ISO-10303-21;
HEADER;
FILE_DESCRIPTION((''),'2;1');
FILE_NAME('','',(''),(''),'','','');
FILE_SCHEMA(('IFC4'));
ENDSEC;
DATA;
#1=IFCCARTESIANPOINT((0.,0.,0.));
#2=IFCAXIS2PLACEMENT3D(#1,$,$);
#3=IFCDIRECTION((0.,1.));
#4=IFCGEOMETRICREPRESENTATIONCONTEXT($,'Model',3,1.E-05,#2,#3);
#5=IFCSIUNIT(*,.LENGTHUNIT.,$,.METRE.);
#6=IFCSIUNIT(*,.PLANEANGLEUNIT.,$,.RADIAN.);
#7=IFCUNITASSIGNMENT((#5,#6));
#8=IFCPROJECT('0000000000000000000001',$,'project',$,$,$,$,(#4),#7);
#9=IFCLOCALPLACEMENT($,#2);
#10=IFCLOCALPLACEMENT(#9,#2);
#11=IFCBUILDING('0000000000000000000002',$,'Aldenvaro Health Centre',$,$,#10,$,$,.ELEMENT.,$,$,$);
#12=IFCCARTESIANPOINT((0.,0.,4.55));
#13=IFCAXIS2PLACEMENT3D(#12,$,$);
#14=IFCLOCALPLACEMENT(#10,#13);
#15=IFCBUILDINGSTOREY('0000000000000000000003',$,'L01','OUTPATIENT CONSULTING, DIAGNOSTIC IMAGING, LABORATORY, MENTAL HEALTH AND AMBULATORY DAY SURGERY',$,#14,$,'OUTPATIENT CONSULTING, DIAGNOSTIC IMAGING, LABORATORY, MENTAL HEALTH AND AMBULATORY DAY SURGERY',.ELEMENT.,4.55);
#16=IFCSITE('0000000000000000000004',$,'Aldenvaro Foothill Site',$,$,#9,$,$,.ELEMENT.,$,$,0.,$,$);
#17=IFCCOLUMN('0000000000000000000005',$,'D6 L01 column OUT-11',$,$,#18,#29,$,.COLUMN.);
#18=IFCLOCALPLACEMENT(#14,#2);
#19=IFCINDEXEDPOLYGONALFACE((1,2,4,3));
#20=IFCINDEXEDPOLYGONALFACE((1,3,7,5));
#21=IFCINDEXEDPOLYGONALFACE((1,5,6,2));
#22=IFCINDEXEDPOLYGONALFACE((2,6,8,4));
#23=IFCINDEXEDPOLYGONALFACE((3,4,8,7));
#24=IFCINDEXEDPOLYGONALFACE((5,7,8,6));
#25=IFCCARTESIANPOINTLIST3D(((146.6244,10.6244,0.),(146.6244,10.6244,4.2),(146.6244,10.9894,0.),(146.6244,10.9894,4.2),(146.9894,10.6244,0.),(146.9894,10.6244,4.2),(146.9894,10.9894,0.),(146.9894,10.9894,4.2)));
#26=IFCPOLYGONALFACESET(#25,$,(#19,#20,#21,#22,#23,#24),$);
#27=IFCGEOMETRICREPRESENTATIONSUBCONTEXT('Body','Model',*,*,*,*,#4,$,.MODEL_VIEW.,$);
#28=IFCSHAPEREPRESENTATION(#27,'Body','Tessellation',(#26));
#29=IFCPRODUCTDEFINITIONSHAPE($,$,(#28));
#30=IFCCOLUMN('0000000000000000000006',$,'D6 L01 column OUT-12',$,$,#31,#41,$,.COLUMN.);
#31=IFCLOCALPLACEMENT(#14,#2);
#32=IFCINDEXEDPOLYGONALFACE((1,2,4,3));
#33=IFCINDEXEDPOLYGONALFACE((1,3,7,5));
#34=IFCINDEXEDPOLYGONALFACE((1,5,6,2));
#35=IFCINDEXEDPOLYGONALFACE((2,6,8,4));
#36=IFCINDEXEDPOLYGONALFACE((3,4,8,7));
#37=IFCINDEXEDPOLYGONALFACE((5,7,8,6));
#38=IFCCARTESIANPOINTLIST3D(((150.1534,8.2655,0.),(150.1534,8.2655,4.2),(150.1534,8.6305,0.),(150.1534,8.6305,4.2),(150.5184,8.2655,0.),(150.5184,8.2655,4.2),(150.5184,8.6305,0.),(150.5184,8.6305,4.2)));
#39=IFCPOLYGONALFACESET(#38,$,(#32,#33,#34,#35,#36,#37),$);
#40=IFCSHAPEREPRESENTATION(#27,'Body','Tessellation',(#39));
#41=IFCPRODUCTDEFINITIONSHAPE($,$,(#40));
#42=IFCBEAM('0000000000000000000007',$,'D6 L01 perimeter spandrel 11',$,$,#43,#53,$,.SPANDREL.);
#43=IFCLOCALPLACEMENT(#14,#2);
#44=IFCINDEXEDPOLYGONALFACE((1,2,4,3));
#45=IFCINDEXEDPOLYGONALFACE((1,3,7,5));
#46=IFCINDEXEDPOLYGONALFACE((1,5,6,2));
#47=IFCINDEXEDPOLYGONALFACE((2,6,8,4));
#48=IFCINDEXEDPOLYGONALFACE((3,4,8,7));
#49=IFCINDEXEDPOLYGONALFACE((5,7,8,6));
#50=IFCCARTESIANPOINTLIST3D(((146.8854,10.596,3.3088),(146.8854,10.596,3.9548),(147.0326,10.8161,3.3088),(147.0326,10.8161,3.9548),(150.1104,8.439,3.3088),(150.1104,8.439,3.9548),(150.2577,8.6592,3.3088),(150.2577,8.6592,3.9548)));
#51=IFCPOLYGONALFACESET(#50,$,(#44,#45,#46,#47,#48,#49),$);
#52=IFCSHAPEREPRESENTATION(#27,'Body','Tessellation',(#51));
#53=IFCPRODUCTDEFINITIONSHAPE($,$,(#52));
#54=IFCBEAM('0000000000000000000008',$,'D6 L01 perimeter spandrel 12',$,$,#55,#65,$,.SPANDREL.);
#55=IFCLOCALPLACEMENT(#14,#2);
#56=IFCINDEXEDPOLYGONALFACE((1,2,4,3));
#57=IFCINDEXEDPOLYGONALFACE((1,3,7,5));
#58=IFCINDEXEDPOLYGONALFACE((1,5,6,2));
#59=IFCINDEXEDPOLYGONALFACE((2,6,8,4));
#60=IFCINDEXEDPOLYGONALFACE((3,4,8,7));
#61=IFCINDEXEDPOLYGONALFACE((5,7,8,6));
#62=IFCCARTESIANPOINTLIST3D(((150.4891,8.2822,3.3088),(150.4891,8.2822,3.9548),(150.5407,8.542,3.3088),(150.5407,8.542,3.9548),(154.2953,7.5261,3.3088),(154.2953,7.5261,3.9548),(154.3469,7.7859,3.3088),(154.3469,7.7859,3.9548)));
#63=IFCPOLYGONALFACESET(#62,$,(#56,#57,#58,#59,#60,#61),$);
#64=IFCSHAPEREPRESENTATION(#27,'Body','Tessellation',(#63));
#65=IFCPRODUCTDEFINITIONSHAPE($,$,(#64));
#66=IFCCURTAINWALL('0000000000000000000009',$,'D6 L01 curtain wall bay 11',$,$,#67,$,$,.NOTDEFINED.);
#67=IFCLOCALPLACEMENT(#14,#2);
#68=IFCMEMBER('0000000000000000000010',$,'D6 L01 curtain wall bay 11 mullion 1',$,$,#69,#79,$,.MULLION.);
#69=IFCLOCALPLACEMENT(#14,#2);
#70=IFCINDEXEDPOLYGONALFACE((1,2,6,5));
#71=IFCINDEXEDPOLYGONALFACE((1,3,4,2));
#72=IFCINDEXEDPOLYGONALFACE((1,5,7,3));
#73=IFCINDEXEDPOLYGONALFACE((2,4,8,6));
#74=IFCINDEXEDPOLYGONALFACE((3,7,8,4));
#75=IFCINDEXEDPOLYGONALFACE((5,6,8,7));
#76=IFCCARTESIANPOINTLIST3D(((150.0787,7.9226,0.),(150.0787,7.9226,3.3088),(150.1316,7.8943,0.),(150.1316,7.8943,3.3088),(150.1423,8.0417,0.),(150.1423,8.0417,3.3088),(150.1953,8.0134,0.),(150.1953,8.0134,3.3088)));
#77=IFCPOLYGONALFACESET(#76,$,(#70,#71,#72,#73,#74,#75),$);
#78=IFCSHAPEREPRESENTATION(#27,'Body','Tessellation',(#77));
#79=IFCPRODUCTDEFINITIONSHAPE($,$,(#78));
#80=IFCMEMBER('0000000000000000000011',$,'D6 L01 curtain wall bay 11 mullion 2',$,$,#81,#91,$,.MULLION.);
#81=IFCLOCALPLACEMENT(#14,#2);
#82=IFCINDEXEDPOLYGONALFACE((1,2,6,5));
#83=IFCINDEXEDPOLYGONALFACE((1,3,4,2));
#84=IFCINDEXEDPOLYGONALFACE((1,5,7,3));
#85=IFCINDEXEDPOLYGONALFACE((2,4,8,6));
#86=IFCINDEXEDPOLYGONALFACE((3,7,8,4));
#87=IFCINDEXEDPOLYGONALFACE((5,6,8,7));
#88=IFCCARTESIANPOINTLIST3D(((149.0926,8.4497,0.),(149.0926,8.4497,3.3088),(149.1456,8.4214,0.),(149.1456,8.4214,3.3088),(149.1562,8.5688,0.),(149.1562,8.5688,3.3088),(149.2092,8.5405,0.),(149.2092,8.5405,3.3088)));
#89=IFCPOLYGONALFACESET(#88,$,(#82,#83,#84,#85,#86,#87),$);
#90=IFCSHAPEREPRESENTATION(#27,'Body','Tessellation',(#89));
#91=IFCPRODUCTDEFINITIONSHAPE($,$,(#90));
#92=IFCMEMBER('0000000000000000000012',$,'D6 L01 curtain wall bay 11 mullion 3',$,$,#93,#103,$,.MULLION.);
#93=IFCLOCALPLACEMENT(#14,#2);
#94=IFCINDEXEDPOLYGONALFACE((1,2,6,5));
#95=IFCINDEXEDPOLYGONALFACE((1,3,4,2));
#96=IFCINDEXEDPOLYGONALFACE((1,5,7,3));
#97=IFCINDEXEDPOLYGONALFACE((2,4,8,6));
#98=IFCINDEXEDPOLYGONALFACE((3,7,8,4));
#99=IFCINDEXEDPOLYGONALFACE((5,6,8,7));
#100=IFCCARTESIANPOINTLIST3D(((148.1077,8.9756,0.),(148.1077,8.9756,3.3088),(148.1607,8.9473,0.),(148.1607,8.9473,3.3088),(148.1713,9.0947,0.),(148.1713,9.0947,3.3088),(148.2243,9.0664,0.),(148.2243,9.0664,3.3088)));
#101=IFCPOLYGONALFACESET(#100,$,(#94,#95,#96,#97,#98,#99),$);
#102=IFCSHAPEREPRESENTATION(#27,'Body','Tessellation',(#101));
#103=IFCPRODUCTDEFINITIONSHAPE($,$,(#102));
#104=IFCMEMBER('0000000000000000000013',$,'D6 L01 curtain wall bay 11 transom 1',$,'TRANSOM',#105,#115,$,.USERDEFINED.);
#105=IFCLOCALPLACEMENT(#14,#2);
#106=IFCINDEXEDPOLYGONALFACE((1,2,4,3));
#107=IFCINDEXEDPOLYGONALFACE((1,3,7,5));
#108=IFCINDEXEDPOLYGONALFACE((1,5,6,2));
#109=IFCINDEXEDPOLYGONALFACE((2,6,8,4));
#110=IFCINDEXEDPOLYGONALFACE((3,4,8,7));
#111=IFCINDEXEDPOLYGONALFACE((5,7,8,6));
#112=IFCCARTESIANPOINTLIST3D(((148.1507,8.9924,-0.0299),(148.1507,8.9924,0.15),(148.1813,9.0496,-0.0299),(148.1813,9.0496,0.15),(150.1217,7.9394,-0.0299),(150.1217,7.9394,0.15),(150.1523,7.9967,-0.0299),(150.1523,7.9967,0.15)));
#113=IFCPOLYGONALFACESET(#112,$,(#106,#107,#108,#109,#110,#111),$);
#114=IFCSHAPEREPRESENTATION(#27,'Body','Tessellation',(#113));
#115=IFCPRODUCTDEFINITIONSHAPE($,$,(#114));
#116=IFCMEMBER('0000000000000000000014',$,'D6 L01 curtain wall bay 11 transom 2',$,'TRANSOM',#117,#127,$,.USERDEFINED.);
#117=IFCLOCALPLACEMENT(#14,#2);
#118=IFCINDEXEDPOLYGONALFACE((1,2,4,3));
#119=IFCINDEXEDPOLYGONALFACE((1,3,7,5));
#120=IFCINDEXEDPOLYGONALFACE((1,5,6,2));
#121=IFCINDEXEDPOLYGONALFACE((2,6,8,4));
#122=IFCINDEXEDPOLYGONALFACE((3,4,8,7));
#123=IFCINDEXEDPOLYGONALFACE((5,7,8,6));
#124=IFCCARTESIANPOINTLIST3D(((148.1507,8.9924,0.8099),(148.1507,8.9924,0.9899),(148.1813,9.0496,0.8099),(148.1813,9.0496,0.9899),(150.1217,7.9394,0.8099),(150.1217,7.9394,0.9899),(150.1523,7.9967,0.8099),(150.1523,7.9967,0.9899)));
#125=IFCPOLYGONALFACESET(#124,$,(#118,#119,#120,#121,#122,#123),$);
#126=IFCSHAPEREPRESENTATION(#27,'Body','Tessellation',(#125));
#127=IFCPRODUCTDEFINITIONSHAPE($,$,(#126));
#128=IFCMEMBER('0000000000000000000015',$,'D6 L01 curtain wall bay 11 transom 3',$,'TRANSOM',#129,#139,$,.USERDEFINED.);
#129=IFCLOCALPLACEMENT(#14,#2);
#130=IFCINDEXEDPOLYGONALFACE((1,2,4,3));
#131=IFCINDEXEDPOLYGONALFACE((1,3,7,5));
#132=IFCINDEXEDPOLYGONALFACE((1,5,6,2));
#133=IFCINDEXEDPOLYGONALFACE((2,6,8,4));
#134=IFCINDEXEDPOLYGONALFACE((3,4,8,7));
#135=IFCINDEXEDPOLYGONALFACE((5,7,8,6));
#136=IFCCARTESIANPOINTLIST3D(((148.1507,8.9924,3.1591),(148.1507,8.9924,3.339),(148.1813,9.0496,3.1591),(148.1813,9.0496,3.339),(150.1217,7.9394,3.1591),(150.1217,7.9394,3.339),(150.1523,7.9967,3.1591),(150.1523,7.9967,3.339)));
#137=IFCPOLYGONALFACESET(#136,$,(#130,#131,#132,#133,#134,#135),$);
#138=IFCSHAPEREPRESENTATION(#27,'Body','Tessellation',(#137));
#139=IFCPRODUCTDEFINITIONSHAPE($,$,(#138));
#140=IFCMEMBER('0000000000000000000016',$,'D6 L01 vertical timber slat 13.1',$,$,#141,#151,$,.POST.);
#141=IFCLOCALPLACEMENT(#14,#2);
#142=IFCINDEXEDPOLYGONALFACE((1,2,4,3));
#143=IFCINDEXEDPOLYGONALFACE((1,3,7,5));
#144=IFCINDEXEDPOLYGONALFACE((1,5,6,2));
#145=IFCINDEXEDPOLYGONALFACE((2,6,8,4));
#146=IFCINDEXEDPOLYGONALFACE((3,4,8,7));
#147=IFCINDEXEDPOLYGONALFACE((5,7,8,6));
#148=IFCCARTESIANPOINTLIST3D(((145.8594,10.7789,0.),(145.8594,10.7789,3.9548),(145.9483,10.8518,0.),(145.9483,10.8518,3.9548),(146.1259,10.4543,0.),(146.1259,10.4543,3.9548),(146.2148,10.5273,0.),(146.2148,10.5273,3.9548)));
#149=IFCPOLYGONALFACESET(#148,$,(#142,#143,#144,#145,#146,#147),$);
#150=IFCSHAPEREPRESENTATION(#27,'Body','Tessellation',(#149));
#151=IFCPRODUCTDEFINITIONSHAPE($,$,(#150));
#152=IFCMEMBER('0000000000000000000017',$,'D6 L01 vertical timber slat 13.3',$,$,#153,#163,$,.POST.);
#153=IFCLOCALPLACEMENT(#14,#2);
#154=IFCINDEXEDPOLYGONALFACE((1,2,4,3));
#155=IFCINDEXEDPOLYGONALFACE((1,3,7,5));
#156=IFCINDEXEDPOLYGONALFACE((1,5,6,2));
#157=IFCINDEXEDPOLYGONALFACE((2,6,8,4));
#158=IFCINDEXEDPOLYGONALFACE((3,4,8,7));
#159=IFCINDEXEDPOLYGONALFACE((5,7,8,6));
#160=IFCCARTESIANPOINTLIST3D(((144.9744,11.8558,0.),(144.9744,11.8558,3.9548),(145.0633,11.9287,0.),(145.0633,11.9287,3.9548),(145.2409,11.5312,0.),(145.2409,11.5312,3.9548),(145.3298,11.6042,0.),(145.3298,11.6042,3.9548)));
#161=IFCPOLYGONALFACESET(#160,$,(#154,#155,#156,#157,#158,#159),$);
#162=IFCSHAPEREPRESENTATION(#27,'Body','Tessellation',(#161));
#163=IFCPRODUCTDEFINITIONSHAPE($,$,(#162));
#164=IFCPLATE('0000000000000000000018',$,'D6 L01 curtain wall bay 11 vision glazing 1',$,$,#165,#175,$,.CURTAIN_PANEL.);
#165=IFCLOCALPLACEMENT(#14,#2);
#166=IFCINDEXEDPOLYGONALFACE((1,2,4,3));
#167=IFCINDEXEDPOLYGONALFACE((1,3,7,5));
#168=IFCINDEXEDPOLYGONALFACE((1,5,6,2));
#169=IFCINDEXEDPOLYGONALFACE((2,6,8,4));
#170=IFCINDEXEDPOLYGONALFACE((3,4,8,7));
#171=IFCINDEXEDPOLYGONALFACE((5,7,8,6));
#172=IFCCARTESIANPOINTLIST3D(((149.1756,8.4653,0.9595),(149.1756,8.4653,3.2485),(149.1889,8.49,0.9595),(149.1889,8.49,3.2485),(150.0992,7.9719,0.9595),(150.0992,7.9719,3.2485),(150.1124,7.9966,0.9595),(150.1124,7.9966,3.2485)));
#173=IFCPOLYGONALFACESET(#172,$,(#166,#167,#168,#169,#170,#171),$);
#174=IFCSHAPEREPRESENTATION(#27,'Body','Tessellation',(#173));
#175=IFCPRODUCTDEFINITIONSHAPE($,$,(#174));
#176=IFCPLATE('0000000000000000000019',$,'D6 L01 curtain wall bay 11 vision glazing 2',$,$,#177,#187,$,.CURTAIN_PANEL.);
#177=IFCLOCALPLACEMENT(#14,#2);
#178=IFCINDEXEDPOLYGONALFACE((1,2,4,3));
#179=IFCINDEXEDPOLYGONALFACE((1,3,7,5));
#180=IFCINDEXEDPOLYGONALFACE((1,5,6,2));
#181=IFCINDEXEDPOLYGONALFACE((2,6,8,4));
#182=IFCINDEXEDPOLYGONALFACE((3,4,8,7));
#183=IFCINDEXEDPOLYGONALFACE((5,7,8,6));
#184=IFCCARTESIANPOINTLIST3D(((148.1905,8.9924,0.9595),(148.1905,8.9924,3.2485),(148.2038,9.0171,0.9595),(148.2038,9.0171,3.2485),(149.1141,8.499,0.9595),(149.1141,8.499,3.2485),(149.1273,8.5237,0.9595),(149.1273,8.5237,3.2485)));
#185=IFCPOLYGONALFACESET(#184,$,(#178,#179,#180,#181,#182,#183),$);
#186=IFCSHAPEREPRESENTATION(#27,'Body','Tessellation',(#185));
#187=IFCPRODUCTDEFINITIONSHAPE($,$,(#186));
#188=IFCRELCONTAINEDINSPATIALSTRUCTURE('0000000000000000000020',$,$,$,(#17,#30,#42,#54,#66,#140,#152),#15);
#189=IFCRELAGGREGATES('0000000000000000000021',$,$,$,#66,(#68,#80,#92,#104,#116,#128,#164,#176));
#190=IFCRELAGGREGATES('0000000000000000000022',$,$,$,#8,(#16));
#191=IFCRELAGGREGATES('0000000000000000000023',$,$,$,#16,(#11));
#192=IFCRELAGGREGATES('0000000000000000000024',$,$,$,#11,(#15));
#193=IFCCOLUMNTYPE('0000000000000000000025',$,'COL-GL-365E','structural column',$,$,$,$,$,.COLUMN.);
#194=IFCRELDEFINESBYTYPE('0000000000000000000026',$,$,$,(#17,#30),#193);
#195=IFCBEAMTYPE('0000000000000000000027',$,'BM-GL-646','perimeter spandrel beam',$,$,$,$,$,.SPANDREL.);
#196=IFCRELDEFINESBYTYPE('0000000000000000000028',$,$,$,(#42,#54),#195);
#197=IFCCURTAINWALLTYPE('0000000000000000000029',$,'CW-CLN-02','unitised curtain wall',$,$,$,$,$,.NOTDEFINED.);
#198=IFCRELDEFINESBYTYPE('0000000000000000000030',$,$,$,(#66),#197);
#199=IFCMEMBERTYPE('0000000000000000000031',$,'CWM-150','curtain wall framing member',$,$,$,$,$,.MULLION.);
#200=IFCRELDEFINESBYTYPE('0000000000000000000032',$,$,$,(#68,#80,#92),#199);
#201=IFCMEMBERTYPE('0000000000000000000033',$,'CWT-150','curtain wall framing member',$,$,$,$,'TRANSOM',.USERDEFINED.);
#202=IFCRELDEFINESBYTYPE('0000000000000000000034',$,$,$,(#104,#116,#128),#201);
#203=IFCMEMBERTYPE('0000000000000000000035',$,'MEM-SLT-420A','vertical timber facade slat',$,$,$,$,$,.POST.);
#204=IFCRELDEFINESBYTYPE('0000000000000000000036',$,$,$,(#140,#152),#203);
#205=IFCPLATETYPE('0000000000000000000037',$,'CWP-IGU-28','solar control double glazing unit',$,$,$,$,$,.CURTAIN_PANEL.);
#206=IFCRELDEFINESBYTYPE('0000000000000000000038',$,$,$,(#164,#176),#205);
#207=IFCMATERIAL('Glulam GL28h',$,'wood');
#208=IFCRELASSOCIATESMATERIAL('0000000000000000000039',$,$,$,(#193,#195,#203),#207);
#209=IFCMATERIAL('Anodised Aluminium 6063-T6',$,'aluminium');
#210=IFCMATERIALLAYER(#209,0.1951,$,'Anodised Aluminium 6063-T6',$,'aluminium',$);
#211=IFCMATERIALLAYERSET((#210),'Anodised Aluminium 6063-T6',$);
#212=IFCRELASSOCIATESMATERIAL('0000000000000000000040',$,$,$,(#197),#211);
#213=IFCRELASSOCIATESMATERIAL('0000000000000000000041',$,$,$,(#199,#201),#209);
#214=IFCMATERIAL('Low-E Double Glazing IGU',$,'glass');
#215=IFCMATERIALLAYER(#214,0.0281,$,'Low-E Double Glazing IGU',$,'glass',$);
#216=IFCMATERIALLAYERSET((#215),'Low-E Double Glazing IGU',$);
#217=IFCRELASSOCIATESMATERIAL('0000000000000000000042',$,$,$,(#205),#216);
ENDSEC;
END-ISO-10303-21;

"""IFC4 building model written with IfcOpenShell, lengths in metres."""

from ifc_helpers import new_model, si_unit, direction, frame, origin, origin_2d, place, context, subcontext, project, spatial, rectangle, extrude, material, layer, layer_set, material_profile, profile_set, type_object, element, aggregate, save


model = new_model("IFC4")

# Units and contexts
model_context = context("Model", 3, precision=1e-05, world=origin(), true_north=direction((0.0, 1.0)))
body_context = subcontext(model_context, "Body", "Model", "MODEL_VIEW")
ifc_project = project(units=[si_unit("LENGTHUNIT", "METRE"), si_unit("PLANEANGLEUNIT", "RADIAN")], contexts=[model_context])

# Site, building, storey
site_placement = place(None, origin())
site = spatial("IfcSite", under=ifc_project, at=site_placement, Name="Aldenvaro Foothill Site", CompositionType="ELEMENT", RefElevation=0.0)
building_placement = place(site_placement, origin())
building = spatial("IfcBuilding", under=site, at=building_placement, Name="Aldenvaro Health Centre", CompositionType="ELEMENT")
storey_placement = place(building_placement, frame((0.0, 0.0, 4.55)))
storey = spatial("IfcBuildingStorey", under=building, at=storey_placement, Name="L01", Description="OUTPATIENT CONSULTING, DIAGNOSTIC IMAGING, LABORATORY, MENTAL HEALTH AND AMBULATORY DAY SURGERY", LongName="OUTPATIENT CONSULTING, DIAGNOSTIC IMAGING, LABORATORY, MENTAL HEALTH AND AMBULATORY DAY SURGERY", CompositionType="ELEMENT", Elevation=4.55)

# Columns
ifc_material_1 = material(Name="Glulam GL28h", Category="wood")
ifc_material_profile_1 = material_profile(ifc_material_1, rectangle(XDim=0.365, YDim=0.365, at=origin_2d()), Name="GL 365x365", Category="wood")
ifc_profile_set_1 = profile_set([ifc_material_profile_1], Name="Glulam GL28h")
column_type = type_object("IfcColumnType", Name="COL-GL-365E", Description="structural column", PredefinedType="COLUMN", material=ifc_profile_set_1)
for number, where, z_axis, x_axis, name in (
    (1, (146.8069, 10.8069, 0.0), (0.0, 0.0, 1.0), (1.0, 0.0, 0.0), "D6 L01 column OUT-11"),
    (2, (150.3359, 8.448, 0.0), (0.0, 0.0, 1.0), (1.0, 0.0, 0.0), "D6 L01 column OUT-12"),
):
    element("IfcColumn", number, at=place(storey_placement, frame(where, z_axis=z_axis, x_axis=x_axis)), inside=storey, type_object=column_type, Name=name, PredefinedType="COLUMN", context=body_context, shape_type="SweptSolid", body=[
        extrude(rectangle(XDim=0.365, YDim=0.365, at=origin_2d()), origin(), (0.0, 0.0, 1.0), 4.2),
    ])

# Beams
ifc_material_profile_2 = material_profile(ifc_material_1, rectangle(XDim=0.2649, YDim=0.646, at=origin_2d()), Name="GL 265x646", Category="wood")
ifc_profile_set_2 = profile_set([ifc_material_profile_2], Name="Glulam GL28h")
beam_type = type_object("IfcBeamType", Name="BM-GL-646", Description="perimeter spandrel beam", PredefinedType="SPANDREL", material=ifc_profile_set_2)
beam_1_placement = place(storey_placement, frame((146.959, 10.7061, 3.6318), z_axis=(0.831227, -0.555934, 0.0), x_axis=(0.555934, 0.831227, 0.0)))
element("IfcBeam", 3, at=beam_1_placement, inside=storey, type_object=beam_type, Name="D6 L01 perimeter spandrel 11", PredefinedType="SPANDREL", context=body_context, shape_type="SweptSolid", body=[
    extrude(rectangle(XDim=0.2649, YDim=0.646, at=origin_2d()), origin(), (0.0, 0.0, 1.0), 3.8799),
])
beam_2_placement = place(storey_placement, frame((150.5149, 8.4121, 3.6318), z_axis=(0.980834, -0.194846, 0.0), x_axis=(0.194846, 0.980834, 0.0)))
element("IfcBeam", 4, at=beam_2_placement, inside=storey, type_object=beam_type, Name="D6 L01 perimeter spandrel 12", PredefinedType="SPANDREL", context=body_context, shape_type="SweptSolid", body=[
    extrude(rectangle(XDim=0.2649, YDim=0.646, at=origin_2d()), origin(), (0.0, 0.0, 1.0), 3.8806),
])

# Curtain wall, members
ifc_material_2 = material(Name="Anodised Aluminium 6063-T6", Category="aluminium")
ifc_layer_1 = layer(ifc_material_2, 0.1951, Name="Anodised Aluminium 6063-T6", Category="aluminium")
ifc_layer_set_1 = layer_set([ifc_layer_1], Name="Anodised Aluminium 6063-T6")
curtain_wall_type = type_object("IfcCurtainWallType", Name="CW-CLN-02", Description="unitised curtain wall", PredefinedType="NOTDEFINED", material=ifc_layer_set_1)
curtain_wall_placement = place(storey_placement, origin())
curtain_wall = element("IfcCurtainWall", 5, at=curtain_wall_placement, inside=storey, type_object=curtain_wall_type, Name="D6 L01 curtain wall bay 11", PredefinedType="NOTDEFINED")
ifc_material_profile_3 = material_profile(ifc_material_2, rectangle(XDim=0.0601, YDim=0.135, at=origin_2d()), Name="ALU 60x135", Category="aluminium")
ifc_profile_set_3 = profile_set([ifc_material_profile_3], Name="Anodised Aluminium 6063-T6")
member_type_1 = type_object("IfcMemberType", Name="CWM-150", Description="curtain wall framing member", PredefinedType="MULLION", material=ifc_profile_set_3)
member_1_placement = place(storey_placement, frame((150.137, 7.968, 0.0), z_axis=(0.0, 0.0, 1.0), x_axis=(-0.882018, 0.471215, 0.0)))
member_1 = element("IfcMember", 6, at=member_1_placement, type_object=member_type_1, Name="D6 L01 curtain wall bay 11 mullion 1", PredefinedType="MULLION", context=body_context, shape_type="SweptSolid", body=[
    extrude(rectangle(XDim=0.0601, YDim=0.135, at=origin_2d()), origin(), (0.0, 0.0, 1.0), 3.3088),
])
member_2_placement = place(storey_placement, frame((149.1509, 8.4951, 0.0), z_axis=(0.0, 0.0, 1.0), x_axis=(-0.882018, 0.471215, 0.0)))
member_2 = element("IfcMember", 7, at=member_2_placement, type_object=member_type_1, Name="D6 L01 curtain wall bay 11 mullion 2", PredefinedType="MULLION", context=body_context, shape_type="SweptSolid", body=[
    extrude(rectangle(XDim=0.0601, YDim=0.135, at=origin_2d()), origin(), (0.0, 0.0, 1.0), 3.3088),
])
member_3_placement = place(storey_placement, frame((148.166, 9.021, 0.0), z_axis=(0.0, 0.0, 1.0), x_axis=(-0.882018, 0.471215, 0.0)))
member_3 = element("IfcMember", 8, at=member_3_placement, type_object=member_type_1, Name="D6 L01 curtain wall bay 11 mullion 3", PredefinedType="MULLION", context=body_context, shape_type="SweptSolid", body=[
    extrude(rectangle(XDim=0.0601, YDim=0.135, at=origin_2d()), origin(), (0.0, 0.0, 1.0), 3.3088),
])
ifc_material_profile_4 = material_profile(ifc_material_2, rectangle(XDim=0.0649, YDim=0.1799, at=origin_2d()), Name="ALU 65x180", Category="aluminium")
ifc_profile_set_4 = profile_set([ifc_material_profile_4], Name="Anodised Aluminium 6063-T6")
member_type_2 = type_object("IfcMemberType", Name="CWT-150", Description="curtain wall framing member", ElementType="TRANSOM", PredefinedType="USERDEFINED", material=ifc_profile_set_4)
member_4_placement = place(storey_placement, frame((150.137, 7.968, 0.0601), z_axis=(-0.882017, 0.471218, 0.0), x_axis=(-0.471218, -0.882017, 0.0)))
member_4 = element("IfcMember", 9, at=member_4_placement, type_object=member_type_2, Name="D6 L01 curtain wall bay 11 transom 1", ObjectType="TRANSOM", PredefinedType="USERDEFINED", context=body_context, shape_type="SweptSolid", body=[
    extrude(rectangle(XDim=0.0649, YDim=0.1799, at=origin_2d()), origin(), (0.0, 0.0, 1.0), 2.2346),
])
member_5_placement = place(storey_placement, frame((150.137, 7.968, 0.8999), z_axis=(-0.882017, 0.471218, 0.0), x_axis=(-0.471218, -0.882017, 0.0)))
member_5 = element("IfcMember", 10, at=member_5_placement, type_object=member_type_2, Name="D6 L01 curtain wall bay 11 transom 2", ObjectType="TRANSOM", PredefinedType="USERDEFINED", context=body_context, shape_type="SweptSolid", body=[
    extrude(rectangle(XDim=0.0649, YDim=0.1799, at=origin_2d()), origin(), (0.0, 0.0, 1.0), 2.2346),
])
member_6_placement = place(storey_placement, frame((150.137, 7.968, 3.249), z_axis=(-0.882017, 0.471218, 0.0), x_axis=(-0.471218, -0.882017, 0.0)))
member_6 = element("IfcMember", 11, at=member_6_placement, type_object=member_type_2, Name="D6 L01 curtain wall bay 11 transom 3", ObjectType="TRANSOM", PredefinedType="USERDEFINED", context=body_context, shape_type="SweptSolid", body=[
    extrude(rectangle(XDim=0.0649, YDim=0.1799, at=origin_2d()), origin(), (0.0, 0.0, 1.0), 2.2346),
])

# Members
ifc_material_profile_5 = material_profile(ifc_material_1, rectangle(XDim=0.115, YDim=0.4199, at=origin_2d()), Name="GL 115x420", Category="wood")
ifc_profile_set_5 = profile_set([ifc_material_profile_5], Name="Glulam GL28h")
member_type_3 = type_object("IfcMemberType", Name="MEM-SLT-420A", Description="vertical timber facade slat", PredefinedType="POST", material=ifc_profile_set_5)
for number, where, z_axis, x_axis, name in (
    (12, (146.0371, 10.6531, 0.0), (0.0, 0.0, 1.0), (-0.77286, -0.634577, 0.0), "D6 L01 vertical timber slat 13.1"),
    (13, (145.1521, 11.73, 0.0), (0.0, 0.0, 1.0), (-0.77286, -0.634577, 0.0), "D6 L01 vertical timber slat 13.3"),
):
    element("IfcMember", number, at=place(storey_placement, frame(where, z_axis=z_axis, x_axis=x_axis)), inside=storey, type_object=member_type_3, Name=name, PredefinedType="POST", context=body_context, shape_type="SweptSolid", body=[
        extrude(rectangle(XDim=0.115, YDim=0.4199, at=origin_2d()), origin(), (0.0, 0.0, 1.0), 3.9548),
    ])

# Plates
ifc_material_3 = material(Name="Low-E Double Glazing IGU", Category="glass")
ifc_layer_2 = layer(ifc_material_3, 0.0281, Name="Low-E Double Glazing IGU", Category="glass")
ifc_layer_set_2 = layer_set([ifc_layer_2], Name="Low-E Double Glazing IGU")
plate_type_1 = type_object("IfcPlateType", Name="CWP-IGU-28", Description="solar control double glazing unit", PredefinedType="CURTAIN_PANEL", material=ifc_layer_set_2)
plate_1_placement = place(storey_placement, frame((149.644, 8.231, 0.9595), z_axis=(0.0, 0.0, 1.0), x_axis=(-0.882018, 0.471215, 0.0)))
plate_1 = element("IfcPlate", 14, at=plate_1_placement, type_object=plate_type_1, Name="D6 L01 curtain wall bay 11 vision glazing 1", PredefinedType="CURTAIN_PANEL", context=body_context, shape_type="SweptSolid", body=[
    extrude(rectangle(XDim=1.0471, YDim=0.0281, at=origin_2d()), origin(), (0.0, 0.0, 1.0), 2.2891),
])
plate_2_placement = place(storey_placement, frame((148.6589, 8.7581, 0.9595), z_axis=(0.0, 0.0, 1.0), x_axis=(-0.882018, 0.471215, 0.0)))
plate_2 = element("IfcPlate", 15, at=plate_2_placement, type_object=plate_type_1, Name="D6 L01 curtain wall bay 11 vision glazing 2", PredefinedType="CURTAIN_PANEL", context=body_context, shape_type="SweptSolid", body=[
    extrude(rectangle(XDim=1.0471, YDim=0.0281, at=origin_2d()), origin(), (0.0, 0.0, 1.0), 2.2891),
])
aggregate(curtain_wall, [member_1, member_2, member_3, member_4, member_5, member_6, plate_1, plate_2])

save(model, "model.ifc")
